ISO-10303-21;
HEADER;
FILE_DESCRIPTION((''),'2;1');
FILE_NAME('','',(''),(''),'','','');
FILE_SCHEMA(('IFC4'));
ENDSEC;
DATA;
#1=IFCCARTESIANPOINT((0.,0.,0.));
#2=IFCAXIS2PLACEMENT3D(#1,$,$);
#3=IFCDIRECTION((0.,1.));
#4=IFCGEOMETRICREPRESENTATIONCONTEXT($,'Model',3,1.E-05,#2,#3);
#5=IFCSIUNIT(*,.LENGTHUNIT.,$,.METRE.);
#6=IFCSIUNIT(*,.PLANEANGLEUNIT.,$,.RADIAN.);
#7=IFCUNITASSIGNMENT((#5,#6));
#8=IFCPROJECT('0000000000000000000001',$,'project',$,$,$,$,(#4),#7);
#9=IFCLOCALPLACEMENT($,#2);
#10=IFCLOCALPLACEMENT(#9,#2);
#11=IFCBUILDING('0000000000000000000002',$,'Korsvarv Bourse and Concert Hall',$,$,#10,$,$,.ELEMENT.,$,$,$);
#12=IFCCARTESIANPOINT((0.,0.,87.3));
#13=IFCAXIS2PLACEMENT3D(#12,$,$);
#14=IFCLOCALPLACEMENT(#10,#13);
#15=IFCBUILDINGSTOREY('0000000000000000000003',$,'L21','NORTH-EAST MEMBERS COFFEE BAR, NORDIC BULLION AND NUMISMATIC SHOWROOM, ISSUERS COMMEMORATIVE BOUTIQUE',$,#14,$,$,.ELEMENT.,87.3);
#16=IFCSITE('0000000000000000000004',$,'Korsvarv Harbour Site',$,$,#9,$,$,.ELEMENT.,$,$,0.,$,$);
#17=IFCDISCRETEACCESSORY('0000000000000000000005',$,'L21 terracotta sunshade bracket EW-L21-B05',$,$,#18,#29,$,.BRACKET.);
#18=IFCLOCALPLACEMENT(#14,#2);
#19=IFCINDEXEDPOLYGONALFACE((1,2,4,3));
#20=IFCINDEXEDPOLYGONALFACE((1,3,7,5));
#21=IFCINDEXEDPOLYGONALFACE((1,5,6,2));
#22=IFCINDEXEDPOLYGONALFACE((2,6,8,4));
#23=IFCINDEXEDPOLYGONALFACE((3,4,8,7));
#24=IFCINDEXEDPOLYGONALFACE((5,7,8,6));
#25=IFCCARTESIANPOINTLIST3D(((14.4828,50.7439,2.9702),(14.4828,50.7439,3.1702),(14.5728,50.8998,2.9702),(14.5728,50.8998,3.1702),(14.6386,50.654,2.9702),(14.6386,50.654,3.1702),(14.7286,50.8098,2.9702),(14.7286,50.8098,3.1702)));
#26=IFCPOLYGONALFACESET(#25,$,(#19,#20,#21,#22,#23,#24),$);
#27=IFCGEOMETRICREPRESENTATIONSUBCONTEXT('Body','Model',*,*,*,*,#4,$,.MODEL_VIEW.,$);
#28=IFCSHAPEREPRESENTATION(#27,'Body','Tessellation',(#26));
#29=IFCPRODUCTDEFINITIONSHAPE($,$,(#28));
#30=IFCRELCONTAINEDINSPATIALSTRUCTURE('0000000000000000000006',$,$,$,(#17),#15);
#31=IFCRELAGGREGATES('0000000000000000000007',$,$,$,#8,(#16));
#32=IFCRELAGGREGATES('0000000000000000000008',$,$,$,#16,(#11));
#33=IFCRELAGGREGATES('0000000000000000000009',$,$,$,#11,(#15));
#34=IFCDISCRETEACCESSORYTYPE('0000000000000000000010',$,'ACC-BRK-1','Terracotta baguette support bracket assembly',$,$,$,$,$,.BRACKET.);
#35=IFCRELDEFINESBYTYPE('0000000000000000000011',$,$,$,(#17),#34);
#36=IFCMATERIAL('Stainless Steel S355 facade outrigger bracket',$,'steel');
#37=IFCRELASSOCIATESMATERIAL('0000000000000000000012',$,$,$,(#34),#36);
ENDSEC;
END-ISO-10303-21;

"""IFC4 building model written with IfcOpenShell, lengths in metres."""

from ifc_helpers import new_model, si_unit, direction, frame, origin, origin_2d, place, context, subcontext, project, spatial, rectangle, extrude, source, transform, mapped, material, type_object, element, save


model = new_model("IFC4")

# Units and contexts
model_context = context("Model", 3, precision=1e-05, world=origin(), true_north=direction((0.0, 1.0)))
body_context = subcontext(model_context, "Body", "Model", "MODEL_VIEW")
ifc_project = project(units=[si_unit("LENGTHUNIT", "METRE"), si_unit("PLANEANGLEUNIT", "RADIAN")], contexts=[model_context])

# Site, building, storey
site_placement = place(None, origin())
site = spatial("IfcSite", under=ifc_project, at=site_placement, Name="Korsvarv Harbour Site", CompositionType="ELEMENT", RefElevation=0.0)
building_placement = place(site_placement, origin())
building = spatial("IfcBuilding", under=site, at=building_placement, Name="Korsvarv Bourse and Concert Hall", CompositionType="ELEMENT")
storey_placement = place(building_placement, frame((0.0, 0.0, 87.3)))
storey = spatial("IfcBuildingStorey", under=building, at=storey_placement, Name="L21", Description="NORTH-EAST MEMBERS COFFEE BAR, NORDIC BULLION AND NUMISMATIC SHOWROOM, ISSUERS COMMEMORATIVE BOUTIQUE", CompositionType="ELEMENT", Elevation=87.3)

# Discrete accessory
ifc_material_1 = material(Name="Stainless Steel S355 facade outrigger bracket", Category="steel")
discrete_accessory_type = type_object("IfcDiscreteAccessoryType", Name="ACC-BRK-1", Description="Terracotta baguette support bracket assembly", PredefinedType="BRACKET", material=ifc_material_1)
shared_shape_1 = source(origin(), body_context, "Body", "SweptSolid", [
    extrude(rectangle(XDim=0.1799, YDim=0.1799, at=origin_2d()), origin(), (0.0, 0.0, 1.0), 0.2),
])
for number, where, z_axis, x_axis, name in (
    (1, (14.6057, 50.7769, 2.9702), (0.0, 0.0, 1.0), (-0.5, -0.866025, 0.0), "L21 terracotta sunshade bracket EW-L21-B05"),
):
    element("IfcDiscreteAccessory", number, at=place(storey_placement, frame(where, z_axis=z_axis, x_axis=x_axis)), inside=storey, type_object=discrete_accessory_type, Name=name, PredefinedType="BRACKET", context=body_context, shape_type="MappedRepresentation", body=[
        mapped(shared_shape_1, transform((0.0, 0.0, 0.0), scale=1.0)),
    ])

save(model, "model.ifc")
